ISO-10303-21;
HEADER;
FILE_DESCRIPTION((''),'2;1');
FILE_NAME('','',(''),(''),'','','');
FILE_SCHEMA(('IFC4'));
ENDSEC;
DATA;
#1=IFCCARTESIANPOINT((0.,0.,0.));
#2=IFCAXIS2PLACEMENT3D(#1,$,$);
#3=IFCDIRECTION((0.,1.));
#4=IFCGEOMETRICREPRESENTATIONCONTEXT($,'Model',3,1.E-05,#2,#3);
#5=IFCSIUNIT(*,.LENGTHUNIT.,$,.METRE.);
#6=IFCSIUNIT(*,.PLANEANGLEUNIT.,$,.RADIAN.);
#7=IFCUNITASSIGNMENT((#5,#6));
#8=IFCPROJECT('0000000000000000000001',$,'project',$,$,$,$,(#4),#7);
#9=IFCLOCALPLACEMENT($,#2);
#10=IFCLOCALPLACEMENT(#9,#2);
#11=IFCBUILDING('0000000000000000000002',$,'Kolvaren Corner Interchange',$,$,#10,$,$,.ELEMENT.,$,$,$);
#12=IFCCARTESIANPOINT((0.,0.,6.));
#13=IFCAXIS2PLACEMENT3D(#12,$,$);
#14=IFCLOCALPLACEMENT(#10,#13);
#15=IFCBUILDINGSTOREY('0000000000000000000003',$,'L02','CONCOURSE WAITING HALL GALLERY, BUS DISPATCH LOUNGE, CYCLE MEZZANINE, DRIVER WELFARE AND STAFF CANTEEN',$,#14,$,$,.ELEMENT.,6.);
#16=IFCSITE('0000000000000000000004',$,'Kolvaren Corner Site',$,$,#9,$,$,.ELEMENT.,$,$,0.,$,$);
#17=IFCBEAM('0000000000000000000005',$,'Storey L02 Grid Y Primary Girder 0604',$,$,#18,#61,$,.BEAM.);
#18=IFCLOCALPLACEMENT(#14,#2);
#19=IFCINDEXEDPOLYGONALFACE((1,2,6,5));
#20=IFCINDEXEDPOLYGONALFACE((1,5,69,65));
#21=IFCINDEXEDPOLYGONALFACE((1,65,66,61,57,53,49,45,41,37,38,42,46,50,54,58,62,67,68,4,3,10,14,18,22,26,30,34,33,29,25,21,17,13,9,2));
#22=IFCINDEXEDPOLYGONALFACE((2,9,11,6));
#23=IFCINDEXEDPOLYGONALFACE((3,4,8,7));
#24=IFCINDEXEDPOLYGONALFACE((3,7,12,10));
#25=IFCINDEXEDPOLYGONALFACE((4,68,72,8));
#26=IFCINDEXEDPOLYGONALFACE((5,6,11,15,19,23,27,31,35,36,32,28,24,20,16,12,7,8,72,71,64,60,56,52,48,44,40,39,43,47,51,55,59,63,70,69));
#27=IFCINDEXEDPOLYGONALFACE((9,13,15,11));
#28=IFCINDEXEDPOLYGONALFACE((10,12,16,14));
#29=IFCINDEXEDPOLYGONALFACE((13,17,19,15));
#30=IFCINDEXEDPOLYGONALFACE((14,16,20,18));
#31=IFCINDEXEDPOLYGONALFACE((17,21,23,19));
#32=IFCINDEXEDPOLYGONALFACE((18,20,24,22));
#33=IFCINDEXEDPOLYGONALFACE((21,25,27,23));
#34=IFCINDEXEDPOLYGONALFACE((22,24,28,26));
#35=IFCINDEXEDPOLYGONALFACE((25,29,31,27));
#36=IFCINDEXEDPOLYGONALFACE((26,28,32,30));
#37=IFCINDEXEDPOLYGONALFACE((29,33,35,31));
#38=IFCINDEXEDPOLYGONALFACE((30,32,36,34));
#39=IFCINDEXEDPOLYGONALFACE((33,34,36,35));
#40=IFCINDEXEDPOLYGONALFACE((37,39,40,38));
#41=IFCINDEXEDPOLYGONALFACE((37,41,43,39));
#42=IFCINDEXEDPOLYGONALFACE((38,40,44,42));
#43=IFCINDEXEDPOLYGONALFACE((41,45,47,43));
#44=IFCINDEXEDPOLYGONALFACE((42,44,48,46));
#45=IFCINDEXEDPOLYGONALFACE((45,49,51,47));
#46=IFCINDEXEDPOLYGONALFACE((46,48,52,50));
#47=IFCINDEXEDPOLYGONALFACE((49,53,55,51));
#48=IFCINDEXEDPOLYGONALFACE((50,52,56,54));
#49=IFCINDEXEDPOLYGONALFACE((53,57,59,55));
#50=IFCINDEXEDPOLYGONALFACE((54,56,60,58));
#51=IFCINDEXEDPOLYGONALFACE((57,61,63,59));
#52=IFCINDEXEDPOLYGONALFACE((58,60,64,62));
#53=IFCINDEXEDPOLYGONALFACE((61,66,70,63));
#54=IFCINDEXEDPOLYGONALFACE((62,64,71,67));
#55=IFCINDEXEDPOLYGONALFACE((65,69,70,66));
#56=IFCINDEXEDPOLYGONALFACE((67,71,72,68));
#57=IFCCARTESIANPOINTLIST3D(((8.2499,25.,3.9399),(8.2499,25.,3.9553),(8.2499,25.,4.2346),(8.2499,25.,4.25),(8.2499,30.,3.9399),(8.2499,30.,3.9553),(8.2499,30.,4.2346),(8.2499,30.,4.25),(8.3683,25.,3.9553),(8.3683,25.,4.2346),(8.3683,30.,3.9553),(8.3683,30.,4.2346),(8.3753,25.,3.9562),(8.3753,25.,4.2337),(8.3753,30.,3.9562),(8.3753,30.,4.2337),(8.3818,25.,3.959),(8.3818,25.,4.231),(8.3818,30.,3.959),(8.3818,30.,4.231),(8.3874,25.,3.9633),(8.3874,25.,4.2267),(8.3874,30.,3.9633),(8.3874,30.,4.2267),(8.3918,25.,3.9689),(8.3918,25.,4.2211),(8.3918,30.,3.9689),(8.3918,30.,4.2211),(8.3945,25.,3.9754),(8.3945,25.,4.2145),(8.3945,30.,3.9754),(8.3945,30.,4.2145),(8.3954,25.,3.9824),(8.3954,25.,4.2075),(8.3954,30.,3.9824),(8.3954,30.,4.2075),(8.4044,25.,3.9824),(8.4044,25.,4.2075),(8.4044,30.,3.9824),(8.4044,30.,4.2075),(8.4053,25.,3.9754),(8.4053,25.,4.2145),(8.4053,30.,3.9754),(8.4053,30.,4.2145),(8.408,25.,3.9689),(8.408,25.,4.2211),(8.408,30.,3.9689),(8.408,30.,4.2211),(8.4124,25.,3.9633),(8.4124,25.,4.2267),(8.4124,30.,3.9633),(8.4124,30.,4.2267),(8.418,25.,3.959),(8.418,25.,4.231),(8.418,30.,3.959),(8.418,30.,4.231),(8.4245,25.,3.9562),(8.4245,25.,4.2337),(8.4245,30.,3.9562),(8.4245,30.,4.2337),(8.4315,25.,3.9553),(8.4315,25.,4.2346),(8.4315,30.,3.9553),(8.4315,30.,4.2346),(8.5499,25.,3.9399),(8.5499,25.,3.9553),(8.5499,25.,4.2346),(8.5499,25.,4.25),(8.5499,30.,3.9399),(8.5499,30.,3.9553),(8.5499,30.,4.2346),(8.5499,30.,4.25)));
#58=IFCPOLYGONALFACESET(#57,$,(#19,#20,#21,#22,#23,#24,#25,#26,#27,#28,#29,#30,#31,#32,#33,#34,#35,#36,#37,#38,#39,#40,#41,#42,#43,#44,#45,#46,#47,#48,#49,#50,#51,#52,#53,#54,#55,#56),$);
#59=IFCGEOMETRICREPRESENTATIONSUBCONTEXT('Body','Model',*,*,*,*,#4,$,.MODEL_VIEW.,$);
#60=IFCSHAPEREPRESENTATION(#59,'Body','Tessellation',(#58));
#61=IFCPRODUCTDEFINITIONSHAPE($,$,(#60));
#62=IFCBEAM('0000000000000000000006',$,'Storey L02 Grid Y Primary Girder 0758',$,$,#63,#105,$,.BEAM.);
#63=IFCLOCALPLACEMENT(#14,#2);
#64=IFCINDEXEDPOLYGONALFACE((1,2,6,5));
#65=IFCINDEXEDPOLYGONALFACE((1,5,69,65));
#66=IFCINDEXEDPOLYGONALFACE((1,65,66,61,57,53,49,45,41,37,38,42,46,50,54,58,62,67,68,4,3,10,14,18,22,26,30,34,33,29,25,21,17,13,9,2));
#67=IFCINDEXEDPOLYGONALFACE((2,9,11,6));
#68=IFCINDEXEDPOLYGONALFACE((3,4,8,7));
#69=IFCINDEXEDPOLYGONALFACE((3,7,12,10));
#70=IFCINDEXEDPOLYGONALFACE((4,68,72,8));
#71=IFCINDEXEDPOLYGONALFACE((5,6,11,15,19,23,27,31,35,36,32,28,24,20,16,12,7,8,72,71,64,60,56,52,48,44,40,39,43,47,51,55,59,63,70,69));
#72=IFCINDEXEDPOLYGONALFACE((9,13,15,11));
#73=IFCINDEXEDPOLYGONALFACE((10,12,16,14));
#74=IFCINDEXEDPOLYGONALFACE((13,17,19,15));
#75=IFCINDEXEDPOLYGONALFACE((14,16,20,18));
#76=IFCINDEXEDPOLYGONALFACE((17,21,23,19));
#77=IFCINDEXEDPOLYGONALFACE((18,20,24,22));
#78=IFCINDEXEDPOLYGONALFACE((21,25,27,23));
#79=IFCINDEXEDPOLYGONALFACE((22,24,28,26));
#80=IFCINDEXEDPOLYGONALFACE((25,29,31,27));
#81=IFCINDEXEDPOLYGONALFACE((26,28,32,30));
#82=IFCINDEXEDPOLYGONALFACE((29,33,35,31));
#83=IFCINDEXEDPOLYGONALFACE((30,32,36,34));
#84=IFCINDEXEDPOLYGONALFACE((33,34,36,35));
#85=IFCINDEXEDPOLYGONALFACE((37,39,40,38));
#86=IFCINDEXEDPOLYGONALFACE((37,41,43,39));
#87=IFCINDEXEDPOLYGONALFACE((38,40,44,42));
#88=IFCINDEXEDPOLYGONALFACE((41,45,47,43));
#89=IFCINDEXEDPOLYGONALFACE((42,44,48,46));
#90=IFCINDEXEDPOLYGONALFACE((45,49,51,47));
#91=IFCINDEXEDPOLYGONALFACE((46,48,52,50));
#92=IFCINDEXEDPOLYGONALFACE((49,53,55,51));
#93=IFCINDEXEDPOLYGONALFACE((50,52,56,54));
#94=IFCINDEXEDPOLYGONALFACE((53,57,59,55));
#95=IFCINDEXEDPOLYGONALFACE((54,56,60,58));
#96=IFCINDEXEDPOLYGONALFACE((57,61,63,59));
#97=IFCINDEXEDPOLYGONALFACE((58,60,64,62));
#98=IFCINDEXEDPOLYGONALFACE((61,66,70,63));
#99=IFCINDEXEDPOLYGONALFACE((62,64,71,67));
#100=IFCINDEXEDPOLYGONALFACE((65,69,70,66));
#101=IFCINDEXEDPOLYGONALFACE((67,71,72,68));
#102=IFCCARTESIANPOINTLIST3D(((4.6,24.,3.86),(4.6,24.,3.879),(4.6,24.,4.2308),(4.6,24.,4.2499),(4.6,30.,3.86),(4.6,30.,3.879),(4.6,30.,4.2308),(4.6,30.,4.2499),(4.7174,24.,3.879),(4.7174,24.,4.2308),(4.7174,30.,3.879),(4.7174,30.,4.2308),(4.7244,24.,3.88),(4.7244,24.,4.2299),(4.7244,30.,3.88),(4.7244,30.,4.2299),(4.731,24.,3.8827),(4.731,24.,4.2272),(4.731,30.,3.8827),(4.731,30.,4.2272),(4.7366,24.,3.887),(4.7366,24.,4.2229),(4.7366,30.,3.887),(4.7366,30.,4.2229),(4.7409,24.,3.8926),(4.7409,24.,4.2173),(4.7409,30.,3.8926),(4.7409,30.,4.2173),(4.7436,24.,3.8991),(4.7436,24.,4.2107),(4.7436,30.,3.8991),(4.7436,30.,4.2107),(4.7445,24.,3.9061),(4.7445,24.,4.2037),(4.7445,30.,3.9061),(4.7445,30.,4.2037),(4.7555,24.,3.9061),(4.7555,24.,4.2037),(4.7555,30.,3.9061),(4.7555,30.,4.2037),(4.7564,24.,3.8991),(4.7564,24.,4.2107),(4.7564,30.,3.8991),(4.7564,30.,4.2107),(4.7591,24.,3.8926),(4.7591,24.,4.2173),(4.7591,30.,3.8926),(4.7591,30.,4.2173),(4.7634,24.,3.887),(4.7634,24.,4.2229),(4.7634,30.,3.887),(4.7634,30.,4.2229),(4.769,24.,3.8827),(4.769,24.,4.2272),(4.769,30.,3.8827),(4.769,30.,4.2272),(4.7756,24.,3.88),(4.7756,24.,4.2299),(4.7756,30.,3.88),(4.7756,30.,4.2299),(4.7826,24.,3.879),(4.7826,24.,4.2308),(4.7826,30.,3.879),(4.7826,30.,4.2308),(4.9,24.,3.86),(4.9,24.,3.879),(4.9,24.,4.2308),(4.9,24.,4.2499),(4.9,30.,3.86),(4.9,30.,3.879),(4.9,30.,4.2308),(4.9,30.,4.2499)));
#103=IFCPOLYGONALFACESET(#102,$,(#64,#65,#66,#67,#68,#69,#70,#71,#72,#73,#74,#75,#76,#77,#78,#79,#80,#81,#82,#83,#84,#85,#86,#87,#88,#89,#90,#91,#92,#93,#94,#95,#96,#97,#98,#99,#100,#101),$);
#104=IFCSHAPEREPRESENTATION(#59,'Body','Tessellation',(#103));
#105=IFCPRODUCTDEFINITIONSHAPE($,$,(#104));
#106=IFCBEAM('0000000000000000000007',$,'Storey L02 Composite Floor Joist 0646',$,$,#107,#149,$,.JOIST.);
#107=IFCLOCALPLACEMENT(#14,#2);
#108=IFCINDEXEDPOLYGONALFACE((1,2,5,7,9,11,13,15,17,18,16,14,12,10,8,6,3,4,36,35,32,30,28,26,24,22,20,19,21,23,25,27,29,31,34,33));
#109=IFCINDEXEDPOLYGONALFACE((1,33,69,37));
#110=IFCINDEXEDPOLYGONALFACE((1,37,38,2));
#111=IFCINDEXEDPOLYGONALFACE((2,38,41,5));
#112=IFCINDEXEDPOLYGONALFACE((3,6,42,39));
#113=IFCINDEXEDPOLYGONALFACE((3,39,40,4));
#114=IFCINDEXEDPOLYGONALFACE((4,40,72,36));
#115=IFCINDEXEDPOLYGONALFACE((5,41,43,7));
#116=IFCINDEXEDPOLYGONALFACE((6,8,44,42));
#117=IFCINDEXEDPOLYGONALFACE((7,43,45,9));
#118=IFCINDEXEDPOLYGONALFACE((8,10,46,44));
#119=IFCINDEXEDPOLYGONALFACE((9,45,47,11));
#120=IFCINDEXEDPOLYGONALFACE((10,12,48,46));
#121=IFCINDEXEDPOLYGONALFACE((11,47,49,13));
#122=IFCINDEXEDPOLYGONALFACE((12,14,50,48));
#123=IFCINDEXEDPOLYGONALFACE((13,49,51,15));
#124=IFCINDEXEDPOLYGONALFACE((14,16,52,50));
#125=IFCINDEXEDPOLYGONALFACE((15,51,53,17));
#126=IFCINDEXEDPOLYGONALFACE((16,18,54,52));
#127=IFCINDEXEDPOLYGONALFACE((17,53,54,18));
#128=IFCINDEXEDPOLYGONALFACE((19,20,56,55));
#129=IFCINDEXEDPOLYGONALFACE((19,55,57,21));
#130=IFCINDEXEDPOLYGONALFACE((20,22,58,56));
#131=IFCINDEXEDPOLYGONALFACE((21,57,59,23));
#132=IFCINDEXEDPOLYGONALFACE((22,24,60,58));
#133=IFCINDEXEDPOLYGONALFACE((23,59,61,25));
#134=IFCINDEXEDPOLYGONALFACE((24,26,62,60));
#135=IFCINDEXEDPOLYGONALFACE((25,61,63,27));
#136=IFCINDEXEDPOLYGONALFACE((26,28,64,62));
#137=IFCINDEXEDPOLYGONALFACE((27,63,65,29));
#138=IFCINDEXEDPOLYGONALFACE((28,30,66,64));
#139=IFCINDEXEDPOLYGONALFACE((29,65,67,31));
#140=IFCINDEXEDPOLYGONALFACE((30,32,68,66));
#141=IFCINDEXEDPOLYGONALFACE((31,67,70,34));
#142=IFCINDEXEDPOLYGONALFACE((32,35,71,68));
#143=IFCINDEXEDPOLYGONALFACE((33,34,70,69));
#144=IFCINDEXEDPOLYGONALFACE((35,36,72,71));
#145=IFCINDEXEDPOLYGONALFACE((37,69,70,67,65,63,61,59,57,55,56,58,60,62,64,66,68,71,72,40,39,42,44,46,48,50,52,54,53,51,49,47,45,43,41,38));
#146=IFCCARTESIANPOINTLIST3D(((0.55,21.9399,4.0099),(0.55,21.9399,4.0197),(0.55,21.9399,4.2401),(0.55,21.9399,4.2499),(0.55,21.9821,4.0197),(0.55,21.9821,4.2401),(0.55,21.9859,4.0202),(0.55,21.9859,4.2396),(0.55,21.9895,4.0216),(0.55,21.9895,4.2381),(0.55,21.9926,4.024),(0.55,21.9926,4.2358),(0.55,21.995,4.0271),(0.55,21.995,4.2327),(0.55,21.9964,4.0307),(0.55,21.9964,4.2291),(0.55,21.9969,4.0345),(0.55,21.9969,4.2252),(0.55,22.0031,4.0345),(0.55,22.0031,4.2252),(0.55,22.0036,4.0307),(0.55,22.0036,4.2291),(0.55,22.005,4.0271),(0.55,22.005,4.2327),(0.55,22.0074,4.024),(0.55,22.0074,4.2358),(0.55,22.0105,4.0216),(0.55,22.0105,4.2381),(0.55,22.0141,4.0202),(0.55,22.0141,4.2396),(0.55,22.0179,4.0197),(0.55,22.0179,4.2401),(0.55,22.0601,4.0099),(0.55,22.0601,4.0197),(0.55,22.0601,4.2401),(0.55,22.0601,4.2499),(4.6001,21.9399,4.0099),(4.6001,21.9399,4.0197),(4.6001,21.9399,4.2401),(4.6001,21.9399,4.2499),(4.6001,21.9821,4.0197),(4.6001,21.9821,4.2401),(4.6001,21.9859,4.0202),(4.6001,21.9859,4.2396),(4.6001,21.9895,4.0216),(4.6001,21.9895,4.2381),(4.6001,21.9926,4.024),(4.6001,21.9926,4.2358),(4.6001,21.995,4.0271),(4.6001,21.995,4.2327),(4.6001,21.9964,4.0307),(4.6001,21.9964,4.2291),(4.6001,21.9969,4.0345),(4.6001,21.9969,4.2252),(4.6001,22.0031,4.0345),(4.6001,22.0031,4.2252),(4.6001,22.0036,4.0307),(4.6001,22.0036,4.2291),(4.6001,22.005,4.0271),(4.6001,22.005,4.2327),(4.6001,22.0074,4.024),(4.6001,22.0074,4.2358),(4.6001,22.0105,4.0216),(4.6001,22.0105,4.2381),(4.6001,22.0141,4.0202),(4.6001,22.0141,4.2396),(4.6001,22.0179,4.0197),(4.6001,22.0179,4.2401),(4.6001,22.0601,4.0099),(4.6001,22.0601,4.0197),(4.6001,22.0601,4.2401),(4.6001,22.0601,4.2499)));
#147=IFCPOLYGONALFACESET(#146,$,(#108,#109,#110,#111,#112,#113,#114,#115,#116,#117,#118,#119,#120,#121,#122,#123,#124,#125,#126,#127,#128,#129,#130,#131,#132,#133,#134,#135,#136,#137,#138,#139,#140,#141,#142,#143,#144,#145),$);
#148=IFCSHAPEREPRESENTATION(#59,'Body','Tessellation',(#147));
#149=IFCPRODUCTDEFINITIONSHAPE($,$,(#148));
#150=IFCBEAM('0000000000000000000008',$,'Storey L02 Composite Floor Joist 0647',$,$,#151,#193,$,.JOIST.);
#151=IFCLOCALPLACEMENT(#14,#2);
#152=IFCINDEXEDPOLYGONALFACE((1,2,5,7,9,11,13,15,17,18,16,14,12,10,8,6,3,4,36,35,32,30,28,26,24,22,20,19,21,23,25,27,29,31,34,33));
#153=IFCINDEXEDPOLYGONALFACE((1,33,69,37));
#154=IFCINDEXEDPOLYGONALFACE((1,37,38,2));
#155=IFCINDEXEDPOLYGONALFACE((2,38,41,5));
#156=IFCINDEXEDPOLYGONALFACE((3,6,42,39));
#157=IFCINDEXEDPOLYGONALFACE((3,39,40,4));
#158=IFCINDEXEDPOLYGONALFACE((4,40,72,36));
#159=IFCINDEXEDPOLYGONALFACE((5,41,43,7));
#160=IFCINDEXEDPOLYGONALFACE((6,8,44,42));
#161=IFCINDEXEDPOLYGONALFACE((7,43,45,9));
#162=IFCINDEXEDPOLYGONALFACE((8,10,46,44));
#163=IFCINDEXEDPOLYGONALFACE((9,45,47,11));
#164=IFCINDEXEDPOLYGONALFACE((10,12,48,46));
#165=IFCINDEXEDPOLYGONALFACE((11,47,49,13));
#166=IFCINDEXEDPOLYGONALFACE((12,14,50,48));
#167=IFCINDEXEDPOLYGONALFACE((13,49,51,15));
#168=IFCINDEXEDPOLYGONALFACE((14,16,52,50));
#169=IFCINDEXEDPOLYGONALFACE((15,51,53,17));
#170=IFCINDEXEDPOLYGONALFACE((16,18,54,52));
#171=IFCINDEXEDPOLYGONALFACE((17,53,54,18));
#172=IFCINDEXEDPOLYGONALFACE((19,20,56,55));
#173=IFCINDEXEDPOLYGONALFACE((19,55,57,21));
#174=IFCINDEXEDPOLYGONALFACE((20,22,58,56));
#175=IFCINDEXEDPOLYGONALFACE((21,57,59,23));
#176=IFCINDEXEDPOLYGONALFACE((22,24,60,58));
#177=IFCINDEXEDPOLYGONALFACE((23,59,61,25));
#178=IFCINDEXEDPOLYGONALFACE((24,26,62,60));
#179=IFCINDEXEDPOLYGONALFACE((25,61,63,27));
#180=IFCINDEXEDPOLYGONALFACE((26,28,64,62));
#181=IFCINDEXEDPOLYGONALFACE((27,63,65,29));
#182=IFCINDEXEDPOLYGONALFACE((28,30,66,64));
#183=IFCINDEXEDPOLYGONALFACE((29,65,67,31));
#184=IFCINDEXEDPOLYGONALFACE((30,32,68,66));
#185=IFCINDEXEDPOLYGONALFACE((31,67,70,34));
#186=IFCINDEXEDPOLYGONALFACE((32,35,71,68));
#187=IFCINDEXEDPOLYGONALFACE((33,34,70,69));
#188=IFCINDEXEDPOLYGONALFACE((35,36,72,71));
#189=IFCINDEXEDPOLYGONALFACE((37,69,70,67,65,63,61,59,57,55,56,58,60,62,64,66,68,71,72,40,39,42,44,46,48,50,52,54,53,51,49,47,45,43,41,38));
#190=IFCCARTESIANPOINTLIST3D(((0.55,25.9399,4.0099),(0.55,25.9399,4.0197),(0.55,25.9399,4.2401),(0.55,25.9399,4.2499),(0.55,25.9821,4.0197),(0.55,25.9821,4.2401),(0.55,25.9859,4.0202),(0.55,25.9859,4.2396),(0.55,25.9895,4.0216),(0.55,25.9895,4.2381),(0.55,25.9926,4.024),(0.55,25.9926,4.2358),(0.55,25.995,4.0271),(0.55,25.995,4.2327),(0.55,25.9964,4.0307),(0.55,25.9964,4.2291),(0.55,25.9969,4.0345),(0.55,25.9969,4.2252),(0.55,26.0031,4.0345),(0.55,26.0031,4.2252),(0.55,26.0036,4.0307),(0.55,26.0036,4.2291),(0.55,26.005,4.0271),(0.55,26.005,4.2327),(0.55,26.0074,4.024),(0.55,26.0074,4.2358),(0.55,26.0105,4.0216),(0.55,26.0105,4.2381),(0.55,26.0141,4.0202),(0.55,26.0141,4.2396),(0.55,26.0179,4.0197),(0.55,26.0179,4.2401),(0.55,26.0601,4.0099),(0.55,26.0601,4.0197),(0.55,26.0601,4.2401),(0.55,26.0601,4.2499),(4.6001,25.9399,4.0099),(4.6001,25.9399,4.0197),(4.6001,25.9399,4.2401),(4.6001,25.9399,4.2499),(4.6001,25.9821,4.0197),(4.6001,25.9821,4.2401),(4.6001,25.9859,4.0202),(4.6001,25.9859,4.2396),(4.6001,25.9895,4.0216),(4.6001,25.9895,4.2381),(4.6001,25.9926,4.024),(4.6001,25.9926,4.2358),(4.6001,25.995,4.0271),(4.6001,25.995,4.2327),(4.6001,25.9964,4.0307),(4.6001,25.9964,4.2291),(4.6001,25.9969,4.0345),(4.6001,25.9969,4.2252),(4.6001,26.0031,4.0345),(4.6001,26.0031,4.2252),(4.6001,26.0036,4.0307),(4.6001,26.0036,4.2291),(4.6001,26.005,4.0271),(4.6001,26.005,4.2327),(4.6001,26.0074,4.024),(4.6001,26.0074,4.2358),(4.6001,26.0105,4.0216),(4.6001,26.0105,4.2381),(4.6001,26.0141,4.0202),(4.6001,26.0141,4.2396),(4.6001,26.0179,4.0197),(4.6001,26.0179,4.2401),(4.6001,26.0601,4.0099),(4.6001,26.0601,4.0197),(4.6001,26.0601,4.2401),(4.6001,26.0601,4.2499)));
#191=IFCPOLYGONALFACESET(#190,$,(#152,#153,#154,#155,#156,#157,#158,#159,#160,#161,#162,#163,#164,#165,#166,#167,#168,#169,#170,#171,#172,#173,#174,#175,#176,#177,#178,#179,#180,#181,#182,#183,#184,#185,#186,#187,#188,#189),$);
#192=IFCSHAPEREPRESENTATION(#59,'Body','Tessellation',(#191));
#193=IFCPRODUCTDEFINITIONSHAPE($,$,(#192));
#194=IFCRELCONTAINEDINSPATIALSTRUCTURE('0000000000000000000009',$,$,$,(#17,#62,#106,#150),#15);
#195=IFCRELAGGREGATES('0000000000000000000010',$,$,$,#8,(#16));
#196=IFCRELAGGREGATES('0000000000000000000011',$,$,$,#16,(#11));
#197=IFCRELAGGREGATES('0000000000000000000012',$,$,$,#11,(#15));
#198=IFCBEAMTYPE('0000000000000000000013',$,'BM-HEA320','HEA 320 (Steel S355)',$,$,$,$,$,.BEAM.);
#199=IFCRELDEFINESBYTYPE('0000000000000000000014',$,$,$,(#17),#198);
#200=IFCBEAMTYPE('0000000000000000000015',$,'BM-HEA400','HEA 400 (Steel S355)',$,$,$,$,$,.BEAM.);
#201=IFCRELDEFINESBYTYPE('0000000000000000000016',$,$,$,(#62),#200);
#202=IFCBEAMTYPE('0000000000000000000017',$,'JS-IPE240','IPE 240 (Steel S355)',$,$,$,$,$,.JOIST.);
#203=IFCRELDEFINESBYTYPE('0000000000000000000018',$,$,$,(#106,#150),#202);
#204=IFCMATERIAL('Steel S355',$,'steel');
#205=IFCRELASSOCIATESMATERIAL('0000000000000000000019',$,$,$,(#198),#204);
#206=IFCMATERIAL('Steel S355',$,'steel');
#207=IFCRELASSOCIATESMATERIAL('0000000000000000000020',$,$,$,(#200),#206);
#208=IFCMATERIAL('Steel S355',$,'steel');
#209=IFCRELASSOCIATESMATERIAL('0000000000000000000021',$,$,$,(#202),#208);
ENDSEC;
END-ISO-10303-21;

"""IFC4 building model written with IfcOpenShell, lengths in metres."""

from ifc_helpers import new_model, si_unit, direction, frame, origin, origin_2d, place, context, subcontext, project, spatial, i_section, extrude, material, material_profile, profile_set, type_object, element, save


model = new_model("IFC4")

# Units and contexts
model_context = context("Model", 3, precision=1e-05, world=origin(), true_north=direction((0.0, 1.0)))
body_context = subcontext(model_context, "Body", "Model", "MODEL_VIEW")
ifc_project = project(units=[si_unit("LENGTHUNIT", "METRE"), si_unit("PLANEANGLEUNIT", "RADIAN")], contexts=[model_context])

# Site, building, storey
site_placement = place(None, origin())
site = spatial("IfcSite", under=ifc_project, at=site_placement, Name="Kolvaren Corner Site", CompositionType="ELEMENT", RefElevation=0.0)
building_placement = place(site_placement, origin())
building = spatial("IfcBuilding", under=site, at=building_placement, Name="Kolvaren Corner Interchange", CompositionType="ELEMENT")
storey_placement = place(building_placement, frame((0.0, 0.0, 6.0)))
storey = spatial("IfcBuildingStorey", under=building, at=storey_placement, Name="L02", Description="CONCOURSE WAITING HALL GALLERY, BUS DISPATCH LOUNGE, CYCLE MEZZANINE, DRIVER WELFARE AND STAFF CANTEEN", CompositionType="ELEMENT", Elevation=6.0)

# Beams
ifc_material_1 = material(Name="Steel S355", Category="steel")
ifc_material_profile_1 = material_profile(ifc_material_1, i_section(OverallWidth=0.3, OverallDepth=0.3101, WebThickness=0.009, FlangeThickness=0.0154, FilletRadius=0.0271, at=origin_2d()), Name="HEA 320")
ifc_profile_set_1 = profile_set([ifc_material_profile_1], Name="Steel S355")
beam_type_1 = type_object("IfcBeamType", Name="BM-HEA320", Description="HEA 320 (Steel S355)", PredefinedType="BEAM", material=ifc_profile_set_1)
beam_1_placement = place(storey_placement, frame((8.3999, 25.0, 4.095), z_axis=(0.0, 1.0, 0.0), x_axis=(-1.0, 0.0, 0.0)))
element("IfcBeam", 1, at=beam_1_placement, inside=storey, type_object=beam_type_1, Name="Storey L02 Grid Y Primary Girder 0604", PredefinedType="BEAM", context=body_context, shape_type="SweptSolid", body=[
    extrude(i_section(OverallWidth=0.3, OverallDepth=0.3101, WebThickness=0.009, FlangeThickness=0.0154, FilletRadius=0.0271, at=origin_2d()), origin(), (0.0, 0.0, 1.0), 5.0),
])
ifc_material_2 = material(Name="Steel S355", Category="steel")
ifc_material_profile_2 = material_profile(ifc_material_2, i_section(OverallWidth=0.3, OverallDepth=0.3899, WebThickness=0.011, FlangeThickness=0.019, FilletRadius=0.0271, at=origin_2d()), Name="HEA 400")
ifc_profile_set_2 = profile_set([ifc_material_profile_2], Name="Steel S355")
beam_type_2 = type_object("IfcBeamType", Name="BM-HEA400", Description="HEA 400 (Steel S355)", PredefinedType="BEAM", material=ifc_profile_set_2)
beam_2_placement = place(storey_placement, frame((4.75, 24.0, 4.0549), z_axis=(0.0, 1.0, 0.0), x_axis=(-1.0, 0.0, 0.0)))
element("IfcBeam", 2, at=beam_2_placement, inside=storey, type_object=beam_type_2, Name="Storey L02 Grid Y Primary Girder 0758", PredefinedType="BEAM", context=body_context, shape_type="SweptSolid", body=[
    extrude(i_section(OverallWidth=0.3, OverallDepth=0.3899, WebThickness=0.011, FlangeThickness=0.019, FilletRadius=0.0271, at=origin_2d()), origin(), (0.0, 0.0, 1.0), 6.0),
])
ifc_material_3 = material(Name="Steel S355", Category="steel")
ifc_material_profile_3 = material_profile(ifc_material_3, i_section(OverallWidth=0.1201, OverallDepth=0.24, WebThickness=0.0061, FlangeThickness=0.0098, FilletRadius=0.0149, at=origin_2d()), Name="IPE 240")
ifc_profile_set_3 = profile_set([ifc_material_profile_3], Name="Steel S355")
beam_type_3 = type_object("IfcBeamType", Name="JS-IPE240", Description="IPE 240 (Steel S355)", PredefinedType="JOIST", material=ifc_profile_set_3)
for number, where, z_axis, x_axis, name in (
    (3, (0.55, 22.0, 4.1299), (1.0, 0.0, 0.0), (0.0, 1.0, 0.0), "Storey L02 Composite Floor Joist 0646"),
    (4, (0.55, 26.0, 4.1299), (1.0, 0.0, 0.0), (0.0, 1.0, 0.0), "Storey L02 Composite Floor Joist 0647"),
):
    element("IfcBeam", number, at=place(storey_placement, frame(where, z_axis=z_axis, x_axis=x_axis)), inside=storey, type_object=beam_type_3, Name=name, PredefinedType="JOIST", context=body_context, shape_type="SweptSolid", body=[
        extrude(i_section(OverallWidth=0.1201, OverallDepth=0.24, WebThickness=0.0061, FlangeThickness=0.0098, FilletRadius=0.0149, at=origin_2d()), origin(), (0.0, 0.0, 1.0), 4.05),
    ])

save(model, "model.ifc")
